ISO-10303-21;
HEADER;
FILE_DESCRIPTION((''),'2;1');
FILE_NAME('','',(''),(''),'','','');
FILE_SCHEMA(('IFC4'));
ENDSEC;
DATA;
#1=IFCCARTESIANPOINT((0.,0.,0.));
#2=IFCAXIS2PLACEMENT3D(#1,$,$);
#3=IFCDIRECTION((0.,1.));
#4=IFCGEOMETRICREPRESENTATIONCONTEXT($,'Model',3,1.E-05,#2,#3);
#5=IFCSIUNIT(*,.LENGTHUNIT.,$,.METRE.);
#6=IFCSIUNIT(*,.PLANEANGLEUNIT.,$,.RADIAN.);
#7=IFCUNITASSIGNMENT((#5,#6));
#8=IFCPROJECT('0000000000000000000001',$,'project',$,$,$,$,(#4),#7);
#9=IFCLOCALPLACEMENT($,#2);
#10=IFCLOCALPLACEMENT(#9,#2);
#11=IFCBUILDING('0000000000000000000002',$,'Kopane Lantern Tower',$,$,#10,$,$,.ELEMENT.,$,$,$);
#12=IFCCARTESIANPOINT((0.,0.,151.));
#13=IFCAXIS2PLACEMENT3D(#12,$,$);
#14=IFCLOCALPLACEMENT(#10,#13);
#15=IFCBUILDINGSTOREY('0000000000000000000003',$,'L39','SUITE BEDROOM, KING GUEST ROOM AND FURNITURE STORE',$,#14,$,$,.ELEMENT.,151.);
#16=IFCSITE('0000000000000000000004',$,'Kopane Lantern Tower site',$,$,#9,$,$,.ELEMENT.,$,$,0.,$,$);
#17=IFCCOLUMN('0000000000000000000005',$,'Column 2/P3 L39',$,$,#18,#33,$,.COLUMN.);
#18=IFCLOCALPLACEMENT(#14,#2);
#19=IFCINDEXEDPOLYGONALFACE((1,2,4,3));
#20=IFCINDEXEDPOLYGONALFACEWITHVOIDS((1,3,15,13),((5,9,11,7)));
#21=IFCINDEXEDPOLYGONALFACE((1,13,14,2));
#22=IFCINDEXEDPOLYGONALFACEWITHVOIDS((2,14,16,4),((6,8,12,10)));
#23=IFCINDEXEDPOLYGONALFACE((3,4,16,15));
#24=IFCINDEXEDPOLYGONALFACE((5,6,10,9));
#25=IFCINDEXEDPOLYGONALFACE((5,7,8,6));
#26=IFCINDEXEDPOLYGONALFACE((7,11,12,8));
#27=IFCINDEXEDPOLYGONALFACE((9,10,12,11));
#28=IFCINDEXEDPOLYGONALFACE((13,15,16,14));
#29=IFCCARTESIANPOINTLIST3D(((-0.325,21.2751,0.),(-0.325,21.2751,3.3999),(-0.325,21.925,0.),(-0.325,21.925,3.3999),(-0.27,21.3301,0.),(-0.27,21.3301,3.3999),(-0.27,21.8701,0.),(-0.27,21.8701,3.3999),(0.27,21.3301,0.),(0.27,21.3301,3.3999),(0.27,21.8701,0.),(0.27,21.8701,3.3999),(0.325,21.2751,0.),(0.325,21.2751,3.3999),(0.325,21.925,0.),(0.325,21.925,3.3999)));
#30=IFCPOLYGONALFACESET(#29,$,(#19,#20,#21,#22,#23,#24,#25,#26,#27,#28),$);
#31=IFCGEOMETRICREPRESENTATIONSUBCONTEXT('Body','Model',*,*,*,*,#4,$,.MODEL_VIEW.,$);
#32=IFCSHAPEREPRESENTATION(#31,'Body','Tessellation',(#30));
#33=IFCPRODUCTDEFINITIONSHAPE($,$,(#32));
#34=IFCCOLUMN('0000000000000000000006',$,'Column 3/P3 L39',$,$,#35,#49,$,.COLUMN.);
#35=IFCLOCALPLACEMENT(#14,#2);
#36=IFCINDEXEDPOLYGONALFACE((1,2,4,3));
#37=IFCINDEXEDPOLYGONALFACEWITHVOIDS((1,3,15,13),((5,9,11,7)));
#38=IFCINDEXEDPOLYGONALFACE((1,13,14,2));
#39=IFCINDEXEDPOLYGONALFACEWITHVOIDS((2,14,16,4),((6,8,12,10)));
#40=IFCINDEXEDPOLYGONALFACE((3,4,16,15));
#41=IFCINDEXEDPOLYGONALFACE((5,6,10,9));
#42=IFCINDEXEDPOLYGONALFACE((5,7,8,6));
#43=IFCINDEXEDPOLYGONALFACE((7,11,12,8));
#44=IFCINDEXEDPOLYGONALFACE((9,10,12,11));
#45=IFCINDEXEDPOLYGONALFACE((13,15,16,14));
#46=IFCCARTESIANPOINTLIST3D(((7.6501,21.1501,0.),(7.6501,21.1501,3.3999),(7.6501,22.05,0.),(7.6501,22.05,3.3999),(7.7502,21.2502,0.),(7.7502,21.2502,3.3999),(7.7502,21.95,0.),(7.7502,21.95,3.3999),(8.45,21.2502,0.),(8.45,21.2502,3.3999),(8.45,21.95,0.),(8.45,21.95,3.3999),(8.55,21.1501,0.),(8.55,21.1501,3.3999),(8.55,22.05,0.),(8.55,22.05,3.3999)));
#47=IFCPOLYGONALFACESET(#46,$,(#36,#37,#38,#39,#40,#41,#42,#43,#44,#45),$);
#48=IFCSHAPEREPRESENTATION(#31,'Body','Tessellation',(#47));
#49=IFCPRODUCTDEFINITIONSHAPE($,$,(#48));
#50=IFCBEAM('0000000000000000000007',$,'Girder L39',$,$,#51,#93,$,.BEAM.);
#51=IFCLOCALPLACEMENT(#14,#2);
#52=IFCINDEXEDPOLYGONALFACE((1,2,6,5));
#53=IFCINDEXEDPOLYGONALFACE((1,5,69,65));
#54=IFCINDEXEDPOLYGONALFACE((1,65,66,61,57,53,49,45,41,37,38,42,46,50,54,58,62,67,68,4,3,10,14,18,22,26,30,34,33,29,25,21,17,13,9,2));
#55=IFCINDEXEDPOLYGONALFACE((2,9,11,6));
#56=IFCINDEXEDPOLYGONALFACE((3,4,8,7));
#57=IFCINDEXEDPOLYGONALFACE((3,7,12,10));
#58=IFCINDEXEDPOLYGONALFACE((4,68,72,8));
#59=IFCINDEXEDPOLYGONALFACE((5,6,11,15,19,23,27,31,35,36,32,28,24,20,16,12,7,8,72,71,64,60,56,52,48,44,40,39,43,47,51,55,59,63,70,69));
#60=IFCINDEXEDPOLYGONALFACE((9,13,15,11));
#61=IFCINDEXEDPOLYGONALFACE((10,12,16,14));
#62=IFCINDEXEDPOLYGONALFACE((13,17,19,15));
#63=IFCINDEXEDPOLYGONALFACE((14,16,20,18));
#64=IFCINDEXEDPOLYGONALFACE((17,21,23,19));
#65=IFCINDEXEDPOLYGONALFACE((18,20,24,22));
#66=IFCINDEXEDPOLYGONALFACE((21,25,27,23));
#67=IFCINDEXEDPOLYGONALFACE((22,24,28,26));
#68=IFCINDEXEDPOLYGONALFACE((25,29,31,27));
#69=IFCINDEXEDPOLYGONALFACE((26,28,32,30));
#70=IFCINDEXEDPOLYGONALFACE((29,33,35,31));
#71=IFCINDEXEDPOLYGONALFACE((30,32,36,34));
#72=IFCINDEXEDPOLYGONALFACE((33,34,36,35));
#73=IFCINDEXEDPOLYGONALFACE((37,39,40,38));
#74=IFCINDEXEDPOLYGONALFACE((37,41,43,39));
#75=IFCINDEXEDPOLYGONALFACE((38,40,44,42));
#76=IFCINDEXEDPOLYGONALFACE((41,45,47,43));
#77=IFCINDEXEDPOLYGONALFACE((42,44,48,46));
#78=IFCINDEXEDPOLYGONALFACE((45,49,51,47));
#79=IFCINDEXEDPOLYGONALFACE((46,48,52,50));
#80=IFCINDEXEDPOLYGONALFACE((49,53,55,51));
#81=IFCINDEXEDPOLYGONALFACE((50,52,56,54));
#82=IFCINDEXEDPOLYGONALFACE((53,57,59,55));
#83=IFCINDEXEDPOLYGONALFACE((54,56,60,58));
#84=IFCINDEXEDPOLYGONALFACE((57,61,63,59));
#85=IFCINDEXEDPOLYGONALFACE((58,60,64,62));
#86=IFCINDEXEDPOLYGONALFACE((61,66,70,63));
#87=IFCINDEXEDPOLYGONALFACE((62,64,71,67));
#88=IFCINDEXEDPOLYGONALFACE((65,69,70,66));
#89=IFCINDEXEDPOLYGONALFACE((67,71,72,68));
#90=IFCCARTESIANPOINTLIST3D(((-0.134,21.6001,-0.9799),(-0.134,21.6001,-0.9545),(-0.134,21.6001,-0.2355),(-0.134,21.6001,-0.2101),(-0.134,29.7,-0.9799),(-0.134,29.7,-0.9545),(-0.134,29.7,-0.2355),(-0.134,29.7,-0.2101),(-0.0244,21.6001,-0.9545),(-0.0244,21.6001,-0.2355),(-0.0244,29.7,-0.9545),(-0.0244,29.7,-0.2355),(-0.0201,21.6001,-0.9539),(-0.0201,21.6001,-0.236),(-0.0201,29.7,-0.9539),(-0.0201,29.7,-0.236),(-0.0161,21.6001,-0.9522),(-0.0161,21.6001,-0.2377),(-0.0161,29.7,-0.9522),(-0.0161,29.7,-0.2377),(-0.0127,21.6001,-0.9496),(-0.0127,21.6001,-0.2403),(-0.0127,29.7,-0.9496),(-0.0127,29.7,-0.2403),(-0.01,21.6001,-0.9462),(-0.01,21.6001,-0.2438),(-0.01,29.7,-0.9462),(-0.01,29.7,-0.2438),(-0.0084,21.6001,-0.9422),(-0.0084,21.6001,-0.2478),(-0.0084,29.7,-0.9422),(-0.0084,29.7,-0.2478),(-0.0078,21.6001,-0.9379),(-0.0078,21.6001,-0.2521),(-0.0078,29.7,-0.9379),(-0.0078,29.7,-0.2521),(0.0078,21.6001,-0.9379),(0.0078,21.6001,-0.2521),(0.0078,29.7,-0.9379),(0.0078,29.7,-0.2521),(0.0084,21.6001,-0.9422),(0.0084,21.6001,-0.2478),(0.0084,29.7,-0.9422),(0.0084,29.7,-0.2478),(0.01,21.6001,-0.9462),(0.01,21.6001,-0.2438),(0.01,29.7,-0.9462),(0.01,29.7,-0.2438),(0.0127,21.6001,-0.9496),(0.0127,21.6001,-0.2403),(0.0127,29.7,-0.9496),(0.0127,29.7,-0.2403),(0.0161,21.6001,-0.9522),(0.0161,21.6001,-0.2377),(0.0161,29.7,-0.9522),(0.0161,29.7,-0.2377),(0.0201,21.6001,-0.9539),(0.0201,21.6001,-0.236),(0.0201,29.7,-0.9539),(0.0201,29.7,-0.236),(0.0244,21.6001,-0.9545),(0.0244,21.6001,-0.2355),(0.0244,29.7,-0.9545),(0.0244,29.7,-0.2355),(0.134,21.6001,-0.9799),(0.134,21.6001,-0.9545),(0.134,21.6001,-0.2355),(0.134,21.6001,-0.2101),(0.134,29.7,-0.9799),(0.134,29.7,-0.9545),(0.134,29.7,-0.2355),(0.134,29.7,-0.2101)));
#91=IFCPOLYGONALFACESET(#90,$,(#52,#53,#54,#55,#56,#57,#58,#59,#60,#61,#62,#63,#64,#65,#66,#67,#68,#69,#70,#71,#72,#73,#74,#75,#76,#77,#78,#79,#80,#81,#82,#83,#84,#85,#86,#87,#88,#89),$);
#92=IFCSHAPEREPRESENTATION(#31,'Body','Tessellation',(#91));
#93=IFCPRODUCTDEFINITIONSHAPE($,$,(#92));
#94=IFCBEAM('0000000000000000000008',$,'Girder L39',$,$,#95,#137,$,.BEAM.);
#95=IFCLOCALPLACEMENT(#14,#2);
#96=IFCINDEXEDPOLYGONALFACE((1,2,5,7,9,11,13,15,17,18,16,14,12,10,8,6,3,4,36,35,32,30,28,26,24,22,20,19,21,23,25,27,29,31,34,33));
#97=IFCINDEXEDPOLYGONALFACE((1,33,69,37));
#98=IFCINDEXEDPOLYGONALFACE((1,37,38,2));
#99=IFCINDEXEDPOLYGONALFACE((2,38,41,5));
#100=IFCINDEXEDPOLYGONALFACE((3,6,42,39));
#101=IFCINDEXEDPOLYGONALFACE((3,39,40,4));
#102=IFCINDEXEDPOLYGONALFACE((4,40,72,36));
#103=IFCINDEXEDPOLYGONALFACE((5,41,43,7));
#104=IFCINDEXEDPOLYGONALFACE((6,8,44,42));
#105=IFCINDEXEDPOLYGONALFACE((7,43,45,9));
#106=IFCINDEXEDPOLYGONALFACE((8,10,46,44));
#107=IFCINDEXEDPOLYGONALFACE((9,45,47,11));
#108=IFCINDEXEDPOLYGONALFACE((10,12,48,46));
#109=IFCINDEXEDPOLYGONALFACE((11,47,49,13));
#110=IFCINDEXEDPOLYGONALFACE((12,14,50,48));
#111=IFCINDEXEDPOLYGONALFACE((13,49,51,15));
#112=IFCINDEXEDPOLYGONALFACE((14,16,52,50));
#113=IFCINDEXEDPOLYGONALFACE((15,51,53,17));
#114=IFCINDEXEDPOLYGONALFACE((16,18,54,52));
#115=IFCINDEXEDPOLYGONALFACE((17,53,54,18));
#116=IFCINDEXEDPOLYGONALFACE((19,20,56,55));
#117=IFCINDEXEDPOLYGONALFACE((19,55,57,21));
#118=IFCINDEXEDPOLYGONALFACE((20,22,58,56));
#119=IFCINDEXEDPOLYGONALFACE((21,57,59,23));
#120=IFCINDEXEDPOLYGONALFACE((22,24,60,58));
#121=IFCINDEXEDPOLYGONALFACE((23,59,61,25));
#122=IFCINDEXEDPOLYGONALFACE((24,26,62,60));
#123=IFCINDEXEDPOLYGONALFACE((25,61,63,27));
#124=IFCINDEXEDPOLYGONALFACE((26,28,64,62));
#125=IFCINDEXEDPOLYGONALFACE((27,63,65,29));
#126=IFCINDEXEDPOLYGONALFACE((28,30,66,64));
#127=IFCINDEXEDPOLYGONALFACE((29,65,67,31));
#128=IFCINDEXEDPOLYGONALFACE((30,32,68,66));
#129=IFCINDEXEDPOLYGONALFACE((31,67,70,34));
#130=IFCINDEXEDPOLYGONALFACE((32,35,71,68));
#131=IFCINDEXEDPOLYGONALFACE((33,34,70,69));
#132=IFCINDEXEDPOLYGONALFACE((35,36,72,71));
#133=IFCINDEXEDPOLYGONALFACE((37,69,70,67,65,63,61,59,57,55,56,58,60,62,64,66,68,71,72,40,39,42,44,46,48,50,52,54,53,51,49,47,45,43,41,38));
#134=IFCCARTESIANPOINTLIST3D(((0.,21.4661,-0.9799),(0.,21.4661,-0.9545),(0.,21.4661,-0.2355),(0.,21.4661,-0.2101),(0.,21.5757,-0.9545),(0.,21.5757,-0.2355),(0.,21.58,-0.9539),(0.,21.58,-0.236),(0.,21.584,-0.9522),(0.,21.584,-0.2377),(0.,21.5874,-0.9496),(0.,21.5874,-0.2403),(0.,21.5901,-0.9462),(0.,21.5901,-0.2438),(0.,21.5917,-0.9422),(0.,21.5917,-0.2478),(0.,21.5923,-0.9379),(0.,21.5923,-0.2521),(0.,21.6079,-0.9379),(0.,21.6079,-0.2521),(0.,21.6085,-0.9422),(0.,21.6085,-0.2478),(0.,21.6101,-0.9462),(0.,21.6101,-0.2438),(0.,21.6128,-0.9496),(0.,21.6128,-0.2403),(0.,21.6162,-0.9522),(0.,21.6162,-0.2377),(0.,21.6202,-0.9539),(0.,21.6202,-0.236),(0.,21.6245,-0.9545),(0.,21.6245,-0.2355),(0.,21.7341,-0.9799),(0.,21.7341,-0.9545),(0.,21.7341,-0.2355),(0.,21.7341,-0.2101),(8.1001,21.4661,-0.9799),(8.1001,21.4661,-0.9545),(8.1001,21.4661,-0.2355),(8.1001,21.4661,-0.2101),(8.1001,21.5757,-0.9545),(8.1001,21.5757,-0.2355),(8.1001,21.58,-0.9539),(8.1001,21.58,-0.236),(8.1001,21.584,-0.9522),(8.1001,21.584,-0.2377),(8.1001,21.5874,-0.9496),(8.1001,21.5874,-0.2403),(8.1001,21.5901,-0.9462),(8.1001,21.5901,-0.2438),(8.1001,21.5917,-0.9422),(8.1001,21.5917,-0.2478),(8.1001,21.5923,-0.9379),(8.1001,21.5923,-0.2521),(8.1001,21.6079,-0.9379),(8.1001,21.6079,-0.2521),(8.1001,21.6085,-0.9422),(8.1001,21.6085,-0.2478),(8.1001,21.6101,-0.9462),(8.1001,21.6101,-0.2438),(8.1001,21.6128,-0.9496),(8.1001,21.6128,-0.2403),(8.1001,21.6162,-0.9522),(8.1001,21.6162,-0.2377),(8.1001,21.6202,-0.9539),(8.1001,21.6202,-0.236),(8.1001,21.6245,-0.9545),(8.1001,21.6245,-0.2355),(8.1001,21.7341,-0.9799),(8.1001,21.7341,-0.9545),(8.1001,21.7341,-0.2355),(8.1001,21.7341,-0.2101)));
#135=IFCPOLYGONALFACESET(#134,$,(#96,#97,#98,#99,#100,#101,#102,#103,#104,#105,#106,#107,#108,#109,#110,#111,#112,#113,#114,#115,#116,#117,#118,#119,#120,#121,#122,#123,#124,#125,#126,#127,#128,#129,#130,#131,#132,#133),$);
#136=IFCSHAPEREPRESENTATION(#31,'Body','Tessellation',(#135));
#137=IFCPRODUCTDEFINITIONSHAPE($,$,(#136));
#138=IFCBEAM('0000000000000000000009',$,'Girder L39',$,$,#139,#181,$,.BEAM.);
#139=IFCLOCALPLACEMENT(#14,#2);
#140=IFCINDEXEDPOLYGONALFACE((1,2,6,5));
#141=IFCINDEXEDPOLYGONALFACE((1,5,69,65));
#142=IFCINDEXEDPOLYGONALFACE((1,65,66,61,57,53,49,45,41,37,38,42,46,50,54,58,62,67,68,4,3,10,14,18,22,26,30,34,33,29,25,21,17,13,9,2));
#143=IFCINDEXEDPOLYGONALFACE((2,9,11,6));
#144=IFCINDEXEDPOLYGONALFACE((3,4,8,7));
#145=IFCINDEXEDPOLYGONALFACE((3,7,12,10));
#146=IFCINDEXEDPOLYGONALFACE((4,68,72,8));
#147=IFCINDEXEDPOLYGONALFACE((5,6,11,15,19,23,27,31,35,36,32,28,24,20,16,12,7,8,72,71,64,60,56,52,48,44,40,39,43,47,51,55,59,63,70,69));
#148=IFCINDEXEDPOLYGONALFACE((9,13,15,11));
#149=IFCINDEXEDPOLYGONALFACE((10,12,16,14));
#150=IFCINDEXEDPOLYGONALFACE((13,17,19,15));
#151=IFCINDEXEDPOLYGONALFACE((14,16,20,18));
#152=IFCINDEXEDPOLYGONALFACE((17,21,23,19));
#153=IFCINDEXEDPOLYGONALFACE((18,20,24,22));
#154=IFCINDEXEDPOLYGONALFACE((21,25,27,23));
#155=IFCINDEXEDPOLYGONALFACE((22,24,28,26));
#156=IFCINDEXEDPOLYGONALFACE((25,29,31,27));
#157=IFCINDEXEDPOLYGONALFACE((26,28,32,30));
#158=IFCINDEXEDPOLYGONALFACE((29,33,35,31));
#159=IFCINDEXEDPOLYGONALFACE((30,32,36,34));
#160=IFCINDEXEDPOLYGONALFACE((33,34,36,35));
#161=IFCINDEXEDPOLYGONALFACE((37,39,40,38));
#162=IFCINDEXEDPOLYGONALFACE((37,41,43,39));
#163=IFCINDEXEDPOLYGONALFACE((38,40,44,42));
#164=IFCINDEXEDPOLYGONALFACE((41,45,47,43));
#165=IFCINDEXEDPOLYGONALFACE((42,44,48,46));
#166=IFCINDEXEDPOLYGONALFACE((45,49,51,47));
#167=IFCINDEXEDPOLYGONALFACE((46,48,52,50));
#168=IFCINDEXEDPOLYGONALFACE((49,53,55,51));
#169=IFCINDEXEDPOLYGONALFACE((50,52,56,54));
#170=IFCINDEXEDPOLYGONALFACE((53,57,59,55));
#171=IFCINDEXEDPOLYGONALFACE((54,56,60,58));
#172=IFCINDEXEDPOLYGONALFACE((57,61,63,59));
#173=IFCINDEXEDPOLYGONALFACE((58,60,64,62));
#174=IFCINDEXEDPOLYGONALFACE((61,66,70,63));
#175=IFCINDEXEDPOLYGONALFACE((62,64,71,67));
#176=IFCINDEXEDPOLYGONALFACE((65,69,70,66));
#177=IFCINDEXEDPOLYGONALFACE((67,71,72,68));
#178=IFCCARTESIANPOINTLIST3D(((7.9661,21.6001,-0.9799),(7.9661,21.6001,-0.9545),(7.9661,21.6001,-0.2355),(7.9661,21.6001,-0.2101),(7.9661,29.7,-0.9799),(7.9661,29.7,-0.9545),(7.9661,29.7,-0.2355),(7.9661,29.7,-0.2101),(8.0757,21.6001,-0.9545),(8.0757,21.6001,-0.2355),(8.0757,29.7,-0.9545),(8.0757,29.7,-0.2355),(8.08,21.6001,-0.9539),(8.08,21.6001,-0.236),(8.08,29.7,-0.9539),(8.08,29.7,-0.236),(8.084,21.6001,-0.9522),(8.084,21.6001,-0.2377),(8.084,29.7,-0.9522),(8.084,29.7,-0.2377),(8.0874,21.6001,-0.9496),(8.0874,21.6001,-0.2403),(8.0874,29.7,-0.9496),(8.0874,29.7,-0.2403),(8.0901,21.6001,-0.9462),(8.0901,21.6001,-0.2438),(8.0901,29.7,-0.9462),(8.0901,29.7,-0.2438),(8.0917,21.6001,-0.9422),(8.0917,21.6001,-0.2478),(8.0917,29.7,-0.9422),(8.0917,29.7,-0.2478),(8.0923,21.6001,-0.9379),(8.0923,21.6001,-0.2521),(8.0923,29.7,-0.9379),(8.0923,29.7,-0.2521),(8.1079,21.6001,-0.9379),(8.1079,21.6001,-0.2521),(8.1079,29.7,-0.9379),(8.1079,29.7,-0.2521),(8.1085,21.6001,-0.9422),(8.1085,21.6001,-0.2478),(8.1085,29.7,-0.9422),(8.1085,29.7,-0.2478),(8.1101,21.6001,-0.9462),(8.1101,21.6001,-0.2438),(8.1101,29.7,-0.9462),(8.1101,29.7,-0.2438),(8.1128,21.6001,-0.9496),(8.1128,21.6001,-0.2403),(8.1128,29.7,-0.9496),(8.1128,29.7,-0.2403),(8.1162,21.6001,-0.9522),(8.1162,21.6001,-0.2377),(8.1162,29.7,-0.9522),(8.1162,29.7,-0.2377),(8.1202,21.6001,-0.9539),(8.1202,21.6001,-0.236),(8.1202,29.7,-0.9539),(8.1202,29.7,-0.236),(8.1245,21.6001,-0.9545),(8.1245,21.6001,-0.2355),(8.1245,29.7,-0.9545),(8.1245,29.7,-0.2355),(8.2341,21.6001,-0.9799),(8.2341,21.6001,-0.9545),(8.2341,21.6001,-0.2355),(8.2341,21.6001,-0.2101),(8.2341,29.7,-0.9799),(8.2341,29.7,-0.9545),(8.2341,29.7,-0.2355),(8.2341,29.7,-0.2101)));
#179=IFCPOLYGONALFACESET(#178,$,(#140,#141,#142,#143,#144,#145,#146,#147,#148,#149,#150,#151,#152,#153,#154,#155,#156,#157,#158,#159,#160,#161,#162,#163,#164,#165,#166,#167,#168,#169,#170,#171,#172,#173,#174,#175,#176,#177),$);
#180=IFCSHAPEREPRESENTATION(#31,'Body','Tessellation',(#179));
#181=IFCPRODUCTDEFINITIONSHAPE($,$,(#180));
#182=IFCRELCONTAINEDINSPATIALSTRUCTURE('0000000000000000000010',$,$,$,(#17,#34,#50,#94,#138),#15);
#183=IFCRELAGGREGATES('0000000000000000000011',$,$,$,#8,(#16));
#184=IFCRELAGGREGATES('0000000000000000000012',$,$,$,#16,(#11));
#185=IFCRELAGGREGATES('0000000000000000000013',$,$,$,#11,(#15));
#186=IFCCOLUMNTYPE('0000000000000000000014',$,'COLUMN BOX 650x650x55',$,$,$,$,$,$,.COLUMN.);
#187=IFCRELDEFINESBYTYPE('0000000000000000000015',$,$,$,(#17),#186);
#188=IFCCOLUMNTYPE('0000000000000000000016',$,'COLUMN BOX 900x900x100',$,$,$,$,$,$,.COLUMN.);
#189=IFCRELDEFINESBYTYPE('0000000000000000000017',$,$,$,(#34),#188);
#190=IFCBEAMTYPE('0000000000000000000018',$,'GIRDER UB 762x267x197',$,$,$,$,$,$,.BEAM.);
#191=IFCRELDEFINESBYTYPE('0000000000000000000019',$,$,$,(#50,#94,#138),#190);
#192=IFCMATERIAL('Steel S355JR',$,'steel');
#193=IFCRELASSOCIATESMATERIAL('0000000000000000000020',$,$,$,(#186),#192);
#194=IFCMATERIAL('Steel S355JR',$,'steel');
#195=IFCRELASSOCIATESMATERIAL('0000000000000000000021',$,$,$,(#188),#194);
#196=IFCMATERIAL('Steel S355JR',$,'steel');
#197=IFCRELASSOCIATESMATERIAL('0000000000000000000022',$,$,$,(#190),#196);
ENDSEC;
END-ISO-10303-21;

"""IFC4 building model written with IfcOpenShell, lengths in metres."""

from ifc_helpers import new_model, si_unit, direction, frame, origin, origin_2d, place, context, subcontext, project, spatial, hollow_rectangle, i_section, extrude, material, material_profile, profile_set, type_object, element, save


model = new_model("IFC4")

# Units and contexts
model_context = context("Model", 3, precision=1e-05, world=origin(), true_north=direction((0.0, 1.0)))
body_context = subcontext(model_context, "Body", "Model", "MODEL_VIEW")
ifc_project = project(units=[si_unit("LENGTHUNIT", "METRE"), si_unit("PLANEANGLEUNIT", "RADIAN")], contexts=[model_context])

# Site, building, storey
site_placement = place(None, origin())
site = spatial("IfcSite", under=ifc_project, at=site_placement, Name="Kopane Lantern Tower site", CompositionType="ELEMENT", RefElevation=0.0)
building_placement = place(site_placement, origin())
building = spatial("IfcBuilding", under=site, at=building_placement, Name="Kopane Lantern Tower", CompositionType="ELEMENT")
storey_placement = place(building_placement, frame((0.0, 0.0, 151.0)))
storey = spatial("IfcBuildingStorey", under=building, at=storey_placement, Name="L39", Description="SUITE BEDROOM, KING GUEST ROOM AND FURNITURE STORE", CompositionType="ELEMENT", Elevation=151.0)

# Columns
ifc_material_1 = material(Name="Steel S355JR", Category="steel")
ifc_material_profile_1 = material_profile(ifc_material_1, hollow_rectangle(XDim=0.6499, YDim=0.6499, WallThickness=0.0549, at=origin_2d()), Name="BOX 650x650x55")
ifc_profile_set_1 = profile_set([ifc_material_profile_1], Name="Steel S355JR")
column_type_1 = type_object("IfcColumnType", Name="COLUMN BOX 650x650x55", PredefinedType="COLUMN", material=ifc_profile_set_1)
column_1_placement = place(storey_placement, frame((0.0, 21.6001, 0.0), z_axis=(0.0, 0.0, 1.0), x_axis=(1.0, 0.0, 0.0)))
element("IfcColumn", 1, at=column_1_placement, inside=storey, type_object=column_type_1, Name="Column 2/P3 L39", PredefinedType="COLUMN", context=body_context, shape_type="SweptSolid", body=[
    extrude(hollow_rectangle(XDim=0.6499, YDim=0.6499, WallThickness=0.0549, at=origin_2d()), origin(), (0.0, 0.0, 1.0), 3.3999),
])
ifc_material_2 = material(Name="Steel S355JR", Category="steel")
ifc_material_profile_2 = material_profile(ifc_material_2, hollow_rectangle(XDim=0.8999, YDim=0.8999, WallThickness=0.1001, at=origin_2d()), Name="BOX 900x900x100")
ifc_profile_set_2 = profile_set([ifc_material_profile_2], Name="Steel S355JR")
column_type_2 = type_object("IfcColumnType", Name="COLUMN BOX 900x900x100", PredefinedType="COLUMN", material=ifc_profile_set_2)
column_2_placement = place(storey_placement, frame((8.1001, 21.6001, 0.0), z_axis=(0.0, 0.0, 1.0), x_axis=(1.0, 0.0, 0.0)))
element("IfcColumn", 2, at=column_2_placement, inside=storey, type_object=column_type_2, Name="Column 3/P3 L39", PredefinedType="COLUMN", context=body_context, shape_type="SweptSolid", body=[
    extrude(hollow_rectangle(XDim=0.8999, YDim=0.8999, WallThickness=0.1001, at=origin_2d()), origin(), (0.0, 0.0, 1.0), 3.3999),
])

# Beams
ifc_material_3 = material(Name="Steel S355JR", Category="steel")
ifc_material_profile_3 = material_profile(ifc_material_3, i_section(OverallWidth=0.2681, OverallDepth=0.7698, WebThickness=0.0156, FlangeThickness=0.0254, FilletRadius=0.0166, at=origin_2d()), Name="UB 762x267x197")
ifc_profile_set_3 = profile_set([ifc_material_profile_3], Name="Steel S355JR")
beam_type = type_object("IfcBeamType", Name="GIRDER UB 762x267x197", PredefinedType="BEAM", material=ifc_profile_set_3)
beam_1_placement = place(storey_placement, frame((0.0, 21.6001, -0.595), z_axis=(0.0, 1.0, 0.0), x_axis=(-1.0, 0.0, 0.0)))
element("IfcBeam", 3, at=beam_1_placement, inside=storey, type_object=beam_type, Name="Girder L39", PredefinedType="BEAM", context=body_context, shape_type="SweptSolid", body=[
    extrude(i_section(OverallWidth=0.2681, OverallDepth=0.7698, WebThickness=0.0156, FlangeThickness=0.0254, FilletRadius=0.0166, at=origin_2d()), origin(), (0.0, 0.0, 1.0), 8.0999),
])
beam_2_placement = place(storey_placement, frame((0.0, 21.6001, -0.595), z_axis=(1.0, 0.0, 0.0), x_axis=(0.0, 1.0, 0.0)))
element("IfcBeam", 4, at=beam_2_placement, inside=storey, type_object=beam_type, Name="Girder L39", PredefinedType="BEAM", context=body_context, shape_type="SweptSolid", body=[
    extrude(i_section(OverallWidth=0.2681, OverallDepth=0.7698, WebThickness=0.0156, FlangeThickness=0.0254, FilletRadius=0.0166, at=origin_2d()), origin(), (0.0, 0.0, 1.0), 8.1001),
])
for number, where, z_axis, x_axis, name in (
    (5, (8.1001, 21.6001, -0.595), (0.0, 1.0, 0.0), (-1.0, 0.0, 0.0), "Girder L39"),
):
    element("IfcBeam", number, at=place(storey_placement, frame(where, z_axis=z_axis, x_axis=x_axis)), inside=storey, type_object=beam_type, Name=name, PredefinedType="BEAM", context=body_context, shape_type="SweptSolid", body=[
        extrude(i_section(OverallWidth=0.2681, OverallDepth=0.7698, WebThickness=0.0156, FlangeThickness=0.0254, FilletRadius=0.0166, at=origin_2d()), origin(), (0.0, 0.0, 1.0), 8.0999),
    ])

save(model, "model.ifc")
